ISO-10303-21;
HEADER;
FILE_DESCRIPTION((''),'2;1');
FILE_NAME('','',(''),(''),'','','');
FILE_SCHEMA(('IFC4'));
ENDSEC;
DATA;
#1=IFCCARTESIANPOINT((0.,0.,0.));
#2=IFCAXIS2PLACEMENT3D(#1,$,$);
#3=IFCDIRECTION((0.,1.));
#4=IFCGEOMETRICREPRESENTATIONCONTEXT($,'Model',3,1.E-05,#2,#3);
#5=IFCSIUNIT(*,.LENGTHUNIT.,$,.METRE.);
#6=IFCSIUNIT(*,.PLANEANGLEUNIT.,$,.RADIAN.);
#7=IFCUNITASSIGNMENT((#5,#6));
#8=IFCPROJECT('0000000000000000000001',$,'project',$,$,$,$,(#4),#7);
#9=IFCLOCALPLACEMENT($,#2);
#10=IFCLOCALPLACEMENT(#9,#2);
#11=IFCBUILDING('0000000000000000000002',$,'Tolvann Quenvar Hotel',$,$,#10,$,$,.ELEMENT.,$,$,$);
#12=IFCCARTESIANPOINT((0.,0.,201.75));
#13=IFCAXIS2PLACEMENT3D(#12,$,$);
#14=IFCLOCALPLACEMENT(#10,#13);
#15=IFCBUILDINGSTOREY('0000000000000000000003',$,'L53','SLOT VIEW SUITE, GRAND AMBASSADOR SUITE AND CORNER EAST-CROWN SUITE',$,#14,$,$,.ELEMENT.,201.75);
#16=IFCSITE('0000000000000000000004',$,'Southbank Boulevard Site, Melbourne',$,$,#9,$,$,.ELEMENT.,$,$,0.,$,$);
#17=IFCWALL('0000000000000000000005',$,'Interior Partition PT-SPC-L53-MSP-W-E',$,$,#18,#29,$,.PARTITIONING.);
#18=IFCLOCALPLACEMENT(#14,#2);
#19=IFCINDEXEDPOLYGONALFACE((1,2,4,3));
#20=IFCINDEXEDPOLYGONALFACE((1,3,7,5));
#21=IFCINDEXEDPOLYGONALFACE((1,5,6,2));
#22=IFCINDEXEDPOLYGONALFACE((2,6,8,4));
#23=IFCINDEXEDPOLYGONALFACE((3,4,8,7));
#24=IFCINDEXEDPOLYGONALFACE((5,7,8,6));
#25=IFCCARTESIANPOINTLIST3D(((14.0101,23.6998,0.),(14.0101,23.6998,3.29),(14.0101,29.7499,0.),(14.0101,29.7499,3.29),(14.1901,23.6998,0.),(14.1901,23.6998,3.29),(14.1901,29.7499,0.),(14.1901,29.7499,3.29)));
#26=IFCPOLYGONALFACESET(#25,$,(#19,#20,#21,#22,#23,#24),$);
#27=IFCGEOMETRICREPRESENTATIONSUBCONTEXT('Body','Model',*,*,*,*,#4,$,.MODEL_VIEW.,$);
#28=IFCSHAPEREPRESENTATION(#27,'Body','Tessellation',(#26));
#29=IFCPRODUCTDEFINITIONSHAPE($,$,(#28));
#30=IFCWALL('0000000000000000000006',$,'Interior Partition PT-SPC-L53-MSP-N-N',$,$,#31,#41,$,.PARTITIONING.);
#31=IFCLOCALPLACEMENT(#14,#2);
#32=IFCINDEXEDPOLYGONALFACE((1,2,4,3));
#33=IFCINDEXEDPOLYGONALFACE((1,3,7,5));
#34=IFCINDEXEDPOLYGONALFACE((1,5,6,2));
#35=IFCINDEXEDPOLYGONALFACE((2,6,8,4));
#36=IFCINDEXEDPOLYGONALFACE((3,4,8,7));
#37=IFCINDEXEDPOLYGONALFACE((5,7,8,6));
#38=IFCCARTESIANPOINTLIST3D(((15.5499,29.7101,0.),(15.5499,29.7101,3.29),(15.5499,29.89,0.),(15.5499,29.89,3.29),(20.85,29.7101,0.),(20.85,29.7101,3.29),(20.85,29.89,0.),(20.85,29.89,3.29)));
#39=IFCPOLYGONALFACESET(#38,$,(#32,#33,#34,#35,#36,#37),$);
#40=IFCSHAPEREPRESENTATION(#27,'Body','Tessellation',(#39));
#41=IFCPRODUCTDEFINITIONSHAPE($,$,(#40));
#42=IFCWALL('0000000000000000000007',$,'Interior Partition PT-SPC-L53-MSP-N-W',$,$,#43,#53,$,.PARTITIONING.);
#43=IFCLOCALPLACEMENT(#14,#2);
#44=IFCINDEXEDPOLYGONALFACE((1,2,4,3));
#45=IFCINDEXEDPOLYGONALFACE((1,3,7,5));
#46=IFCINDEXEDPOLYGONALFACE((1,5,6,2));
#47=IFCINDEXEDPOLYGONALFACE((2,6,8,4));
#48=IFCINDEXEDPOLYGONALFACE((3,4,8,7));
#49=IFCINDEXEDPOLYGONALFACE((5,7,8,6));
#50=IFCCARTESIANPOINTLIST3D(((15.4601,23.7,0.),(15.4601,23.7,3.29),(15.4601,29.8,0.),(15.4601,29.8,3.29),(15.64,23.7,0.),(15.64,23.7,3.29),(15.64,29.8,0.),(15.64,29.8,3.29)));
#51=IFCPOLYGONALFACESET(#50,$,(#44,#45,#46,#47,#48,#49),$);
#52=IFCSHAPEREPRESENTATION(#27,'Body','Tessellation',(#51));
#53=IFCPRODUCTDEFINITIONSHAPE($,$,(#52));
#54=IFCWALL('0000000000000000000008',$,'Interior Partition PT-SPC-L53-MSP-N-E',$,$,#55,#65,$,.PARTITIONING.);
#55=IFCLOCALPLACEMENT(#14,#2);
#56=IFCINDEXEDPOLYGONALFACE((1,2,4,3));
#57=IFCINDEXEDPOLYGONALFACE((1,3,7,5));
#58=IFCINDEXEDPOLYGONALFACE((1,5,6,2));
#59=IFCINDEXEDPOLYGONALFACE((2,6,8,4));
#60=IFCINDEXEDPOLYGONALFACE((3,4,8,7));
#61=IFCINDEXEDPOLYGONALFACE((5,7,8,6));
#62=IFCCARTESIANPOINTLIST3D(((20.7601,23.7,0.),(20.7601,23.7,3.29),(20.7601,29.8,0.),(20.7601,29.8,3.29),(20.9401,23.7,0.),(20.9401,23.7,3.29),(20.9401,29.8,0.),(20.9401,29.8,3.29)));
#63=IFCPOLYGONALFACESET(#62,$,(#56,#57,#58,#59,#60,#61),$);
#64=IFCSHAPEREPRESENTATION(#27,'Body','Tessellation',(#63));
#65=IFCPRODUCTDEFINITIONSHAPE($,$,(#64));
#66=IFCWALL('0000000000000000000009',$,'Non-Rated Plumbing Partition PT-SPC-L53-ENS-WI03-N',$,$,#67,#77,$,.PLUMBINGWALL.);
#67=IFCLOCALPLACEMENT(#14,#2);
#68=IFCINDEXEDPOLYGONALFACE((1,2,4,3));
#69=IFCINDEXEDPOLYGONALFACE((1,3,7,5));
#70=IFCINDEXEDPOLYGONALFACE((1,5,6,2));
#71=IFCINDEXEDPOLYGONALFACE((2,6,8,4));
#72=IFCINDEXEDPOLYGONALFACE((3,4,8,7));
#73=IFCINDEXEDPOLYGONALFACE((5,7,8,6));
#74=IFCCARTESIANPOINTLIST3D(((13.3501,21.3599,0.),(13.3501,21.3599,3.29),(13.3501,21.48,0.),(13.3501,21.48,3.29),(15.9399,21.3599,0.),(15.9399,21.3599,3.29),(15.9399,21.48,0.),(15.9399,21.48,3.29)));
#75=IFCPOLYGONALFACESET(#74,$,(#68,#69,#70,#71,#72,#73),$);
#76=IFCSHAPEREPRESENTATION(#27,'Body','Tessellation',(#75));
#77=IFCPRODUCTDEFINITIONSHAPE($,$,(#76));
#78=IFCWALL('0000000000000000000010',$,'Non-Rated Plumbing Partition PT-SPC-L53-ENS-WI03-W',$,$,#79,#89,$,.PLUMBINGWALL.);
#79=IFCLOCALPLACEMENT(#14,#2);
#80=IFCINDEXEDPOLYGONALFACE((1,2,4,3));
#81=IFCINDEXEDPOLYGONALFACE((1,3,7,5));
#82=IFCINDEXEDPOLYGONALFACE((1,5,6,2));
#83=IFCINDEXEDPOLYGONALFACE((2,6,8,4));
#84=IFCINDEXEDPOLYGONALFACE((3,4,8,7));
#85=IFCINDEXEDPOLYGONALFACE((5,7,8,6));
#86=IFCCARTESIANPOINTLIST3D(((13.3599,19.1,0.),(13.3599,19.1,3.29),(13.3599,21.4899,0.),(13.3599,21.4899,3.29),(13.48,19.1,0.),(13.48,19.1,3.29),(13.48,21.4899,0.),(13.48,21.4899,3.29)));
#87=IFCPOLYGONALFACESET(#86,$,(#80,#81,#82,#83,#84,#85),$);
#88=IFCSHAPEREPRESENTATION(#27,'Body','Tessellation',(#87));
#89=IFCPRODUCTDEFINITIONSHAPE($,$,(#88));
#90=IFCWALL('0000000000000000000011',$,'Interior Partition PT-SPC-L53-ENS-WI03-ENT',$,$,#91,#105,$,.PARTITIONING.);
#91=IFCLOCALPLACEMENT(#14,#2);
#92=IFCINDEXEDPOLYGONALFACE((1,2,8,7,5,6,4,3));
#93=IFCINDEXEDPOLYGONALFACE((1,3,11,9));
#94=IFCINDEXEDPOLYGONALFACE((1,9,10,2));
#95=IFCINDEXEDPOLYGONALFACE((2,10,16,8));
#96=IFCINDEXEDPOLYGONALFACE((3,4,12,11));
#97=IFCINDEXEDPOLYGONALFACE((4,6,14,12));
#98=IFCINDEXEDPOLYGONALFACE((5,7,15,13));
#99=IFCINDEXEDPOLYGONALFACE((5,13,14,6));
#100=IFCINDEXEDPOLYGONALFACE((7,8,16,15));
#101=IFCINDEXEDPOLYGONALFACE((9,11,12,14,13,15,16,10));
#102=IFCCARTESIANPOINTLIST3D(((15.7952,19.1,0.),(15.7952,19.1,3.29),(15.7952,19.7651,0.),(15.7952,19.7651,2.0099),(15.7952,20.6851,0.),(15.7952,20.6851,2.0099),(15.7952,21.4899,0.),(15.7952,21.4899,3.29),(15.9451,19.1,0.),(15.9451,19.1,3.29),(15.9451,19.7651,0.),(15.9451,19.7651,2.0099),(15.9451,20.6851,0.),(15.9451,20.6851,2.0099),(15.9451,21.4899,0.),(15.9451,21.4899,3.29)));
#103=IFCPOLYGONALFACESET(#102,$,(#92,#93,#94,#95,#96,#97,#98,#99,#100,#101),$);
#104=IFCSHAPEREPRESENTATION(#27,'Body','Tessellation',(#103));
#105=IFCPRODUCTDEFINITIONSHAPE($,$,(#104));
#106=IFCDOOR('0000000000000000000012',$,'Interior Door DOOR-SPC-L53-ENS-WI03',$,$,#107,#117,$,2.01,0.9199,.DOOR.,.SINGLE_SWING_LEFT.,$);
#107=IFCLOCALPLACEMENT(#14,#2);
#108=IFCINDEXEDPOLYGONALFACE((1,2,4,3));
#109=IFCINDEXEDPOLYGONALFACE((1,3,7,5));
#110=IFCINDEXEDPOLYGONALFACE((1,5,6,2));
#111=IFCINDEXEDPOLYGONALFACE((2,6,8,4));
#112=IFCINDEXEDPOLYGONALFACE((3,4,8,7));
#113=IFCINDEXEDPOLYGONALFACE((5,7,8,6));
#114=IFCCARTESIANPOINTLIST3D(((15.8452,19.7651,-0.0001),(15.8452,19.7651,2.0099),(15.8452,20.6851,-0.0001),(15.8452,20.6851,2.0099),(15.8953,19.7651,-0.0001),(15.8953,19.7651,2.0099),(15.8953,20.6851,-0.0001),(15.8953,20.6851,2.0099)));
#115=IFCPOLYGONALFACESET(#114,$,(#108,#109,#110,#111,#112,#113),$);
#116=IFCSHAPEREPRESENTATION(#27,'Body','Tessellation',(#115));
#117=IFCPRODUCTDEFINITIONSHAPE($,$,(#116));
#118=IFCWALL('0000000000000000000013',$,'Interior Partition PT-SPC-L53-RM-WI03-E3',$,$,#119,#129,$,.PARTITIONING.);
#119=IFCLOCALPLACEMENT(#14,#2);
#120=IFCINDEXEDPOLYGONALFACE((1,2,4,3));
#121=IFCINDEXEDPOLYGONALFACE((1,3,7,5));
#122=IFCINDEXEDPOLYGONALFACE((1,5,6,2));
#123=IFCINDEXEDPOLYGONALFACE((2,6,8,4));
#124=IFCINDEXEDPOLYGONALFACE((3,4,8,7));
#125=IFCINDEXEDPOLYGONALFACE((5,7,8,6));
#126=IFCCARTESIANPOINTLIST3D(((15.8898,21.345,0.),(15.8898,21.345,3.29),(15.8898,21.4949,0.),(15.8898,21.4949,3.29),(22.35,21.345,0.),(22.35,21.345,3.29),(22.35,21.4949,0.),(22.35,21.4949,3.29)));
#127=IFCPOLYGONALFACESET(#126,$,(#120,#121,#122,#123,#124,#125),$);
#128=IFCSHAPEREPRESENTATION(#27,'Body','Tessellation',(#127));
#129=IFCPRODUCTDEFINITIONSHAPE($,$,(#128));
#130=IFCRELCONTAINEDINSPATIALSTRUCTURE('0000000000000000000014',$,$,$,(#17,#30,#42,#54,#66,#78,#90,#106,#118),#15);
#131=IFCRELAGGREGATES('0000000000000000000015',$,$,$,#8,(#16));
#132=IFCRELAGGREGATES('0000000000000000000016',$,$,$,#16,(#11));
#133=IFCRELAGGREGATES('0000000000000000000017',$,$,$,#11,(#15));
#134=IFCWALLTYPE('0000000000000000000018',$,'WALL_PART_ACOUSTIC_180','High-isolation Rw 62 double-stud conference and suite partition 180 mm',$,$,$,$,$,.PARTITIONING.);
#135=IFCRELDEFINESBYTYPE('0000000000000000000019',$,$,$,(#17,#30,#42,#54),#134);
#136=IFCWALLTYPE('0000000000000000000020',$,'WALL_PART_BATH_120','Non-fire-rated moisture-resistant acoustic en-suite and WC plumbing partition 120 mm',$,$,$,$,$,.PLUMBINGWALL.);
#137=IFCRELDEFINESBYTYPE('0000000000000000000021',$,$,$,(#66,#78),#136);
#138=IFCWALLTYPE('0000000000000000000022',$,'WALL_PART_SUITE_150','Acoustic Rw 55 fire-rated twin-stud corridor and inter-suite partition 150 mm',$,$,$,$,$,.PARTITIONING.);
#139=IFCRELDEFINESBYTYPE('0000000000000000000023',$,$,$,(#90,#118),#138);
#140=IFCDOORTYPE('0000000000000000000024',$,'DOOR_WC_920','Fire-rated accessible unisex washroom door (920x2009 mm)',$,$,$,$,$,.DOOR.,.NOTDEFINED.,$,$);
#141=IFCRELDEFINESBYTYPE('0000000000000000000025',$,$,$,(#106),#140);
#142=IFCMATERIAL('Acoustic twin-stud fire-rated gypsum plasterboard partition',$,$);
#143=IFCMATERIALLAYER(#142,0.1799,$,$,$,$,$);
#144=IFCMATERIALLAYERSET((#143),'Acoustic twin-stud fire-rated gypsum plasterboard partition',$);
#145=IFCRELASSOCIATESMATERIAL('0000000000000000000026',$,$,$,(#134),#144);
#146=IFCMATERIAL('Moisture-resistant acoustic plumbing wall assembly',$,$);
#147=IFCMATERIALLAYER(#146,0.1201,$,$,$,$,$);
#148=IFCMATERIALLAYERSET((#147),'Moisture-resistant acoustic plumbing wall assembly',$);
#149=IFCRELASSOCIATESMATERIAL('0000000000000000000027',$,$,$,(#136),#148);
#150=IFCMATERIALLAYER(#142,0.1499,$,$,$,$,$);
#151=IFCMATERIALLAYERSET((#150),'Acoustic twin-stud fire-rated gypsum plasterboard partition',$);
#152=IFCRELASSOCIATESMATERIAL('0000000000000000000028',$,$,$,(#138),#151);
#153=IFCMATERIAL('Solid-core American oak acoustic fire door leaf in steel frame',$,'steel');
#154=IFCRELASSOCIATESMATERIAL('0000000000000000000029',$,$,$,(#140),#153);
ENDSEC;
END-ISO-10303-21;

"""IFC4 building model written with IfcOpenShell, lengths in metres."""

from ifc_helpers import new_model, si_unit, direction, frame, frame_2d, origin, place, context, subcontext, project, spatial, rectangle, extrude, source, transform, mapped, material, layer, layer_set, type_object, type_shapes, element, fill, save


model = new_model("IFC4")

# Units and contexts
model_context = context("Model", 3, precision=1e-05, world=origin(), true_north=direction((0.0, 1.0)))
body_context = subcontext(model_context, "Body", "Model", "MODEL_VIEW")
ifc_project = project(units=[si_unit("LENGTHUNIT", "METRE"), si_unit("PLANEANGLEUNIT", "RADIAN")], contexts=[model_context])

# Site, building, storey
site_placement = place(None, origin())
site = spatial("IfcSite", under=ifc_project, at=site_placement, Name="Southbank Boulevard Site, Melbourne", CompositionType="ELEMENT", RefElevation=0.0)
building_placement = place(site_placement, origin())
building = spatial("IfcBuilding", under=site, at=building_placement, Name="Tolvann Quenvar Hotel", CompositionType="ELEMENT")
storey_placement = place(building_placement, frame((0.0, 0.0, 201.75)))
storey = spatial("IfcBuildingStorey", under=building, at=storey_placement, Name="L53", Description="SLOT VIEW SUITE, GRAND AMBASSADOR SUITE AND CORNER EAST-CROWN SUITE", CompositionType="ELEMENT", Elevation=201.75)

# Wall
ifc_material_1 = material(Name="Acoustic twin-stud fire-rated gypsum plasterboard partition")
ifc_layer_1 = layer(ifc_material_1, 0.1799)
ifc_layer_set_1 = layer_set([ifc_layer_1], Name="Acoustic twin-stud fire-rated gypsum plasterboard partition")
wall_type_1 = type_object("IfcWallType", Name="WALL_PART_ACOUSTIC_180", Description="High-isolation Rw 62 double-stud conference and suite partition 180 mm", PredefinedType="PARTITIONING", material=ifc_layer_set_1)
wall_1_placement = place(storey_placement, frame((14.1001, 23.7, 0.0), z_axis=(0.0, 0.0, 1.0), x_axis=(0.0, 1.0, 0.0)))
element("IfcWall", 1, at=wall_1_placement, inside=storey, type_object=wall_type_1, Name="Interior Partition PT-SPC-L53-MSP-W-E", PredefinedType="PARTITIONING", context=body_context, shape_type="SweptSolid", body=[
    extrude(rectangle(XDim=6.05, YDim=0.1799, at=frame_2d((3.0249, 0.0))), origin(), (0.0, 0.0, 1.0), 3.29),
])

# Shared definitions
ifc_material_2 = material(Name="Solid-core American oak acoustic fire door leaf in steel frame", Category="steel")

# Walls
wall_2_placement = place(storey_placement, frame((15.55, 29.8, 0.0), z_axis=(0.0, 0.0, 1.0), x_axis=(1.0, 0.0, 0.0)))
element("IfcWall", 2, at=wall_2_placement, inside=storey, type_object=wall_type_1, Name="Interior Partition PT-SPC-L53-MSP-N-N", PredefinedType="PARTITIONING", context=body_context, shape_type="SweptSolid", body=[
    extrude(rectangle(XDim=5.3, YDim=0.1799, at=frame_2d((2.6499, 0.0))), origin(), (0.0, 0.0, 1.0), 3.29),
])
for number, where, z_axis, x_axis, name in (
    (3, (15.55, 23.7, 0.0), (0.0, 0.0, 1.0), (0.0, 1.0, 0.0), "Interior Partition PT-SPC-L53-MSP-N-W"),
    (4, (20.8501, 23.7, 0.0), (0.0, 0.0, 1.0), (0.0, 1.0, 0.0), "Interior Partition PT-SPC-L53-MSP-N-E"),
):
    element("IfcWall", number, at=place(storey_placement, frame(where, z_axis=z_axis, x_axis=x_axis)), inside=storey, type_object=wall_type_1, Name=name, PredefinedType="PARTITIONING", context=body_context, shape_type="SweptSolid", body=[
        extrude(rectangle(XDim=6.1001, YDim=0.1799, at=frame_2d((3.05, 0.0))), origin(), (0.0, 0.0, 1.0), 3.29),
    ])
ifc_material_3 = material(Name="Moisture-resistant acoustic plumbing wall assembly")
ifc_layer_2 = layer(ifc_material_3, 0.1201)
ifc_layer_set_2 = layer_set([ifc_layer_2], Name="Moisture-resistant acoustic plumbing wall assembly")
wall_type_2 = type_object("IfcWallType", Name="WALL_PART_BATH_120", Description="Non-fire-rated moisture-resistant acoustic en-suite and WC plumbing partition 120 mm", PredefinedType="PLUMBINGWALL", material=ifc_layer_set_2)
wall_3_placement = place(storey_placement, frame((13.3501, 21.4199, 0.0), z_axis=(0.0, 0.0, 1.0), x_axis=(1.0, 0.0, 0.0)))
element("IfcWall", 5, at=wall_3_placement, inside=storey, type_object=wall_type_2, Name="Non-Rated Plumbing Partition PT-SPC-L53-ENS-WI03-N", PredefinedType="PLUMBINGWALL", context=body_context, shape_type="SweptSolid", body=[
    extrude(rectangle(XDim=2.5898, YDim=0.1201, at=frame_2d((1.2949, 0.0))), origin(), (0.0, 0.0, 1.0), 3.29),
])
wall_4_placement = place(storey_placement, frame((13.4199, 19.1001, 0.0), z_axis=(0.0, 0.0, 1.0), x_axis=(0.0, 1.0, 0.0)))
element("IfcWall", 6, at=wall_4_placement, inside=storey, type_object=wall_type_2, Name="Non-Rated Plumbing Partition PT-SPC-L53-ENS-WI03-W", PredefinedType="PLUMBINGWALL", context=body_context, shape_type="SweptSolid", body=[
    extrude(rectangle(XDim=2.3899, YDim=0.1201, at=frame_2d((1.1948, 0.0))), origin(), (0.0, 0.0, 1.0), 3.29),
])

# Wall, opening, door
ifc_layer_3 = layer(ifc_material_1, 0.1499)
ifc_layer_set_3 = layer_set([ifc_layer_3], Name="Acoustic twin-stud fire-rated gypsum plasterboard partition")
wall_type_3 = type_object("IfcWallType", Name="WALL_PART_SUITE_150", Description="Acoustic Rw 55 fire-rated twin-stud corridor and inter-suite partition 150 mm", PredefinedType="PARTITIONING", material=ifc_layer_set_3)
wall_5_placement = place(storey_placement, frame((15.8701, 19.1001, 0.0), z_axis=(0.0, 0.0, 1.0), x_axis=(0.0, 1.0, 0.0)))
wall_5 = element("IfcWall", 7, at=wall_5_placement, inside=storey, type_object=wall_type_3, Name="Interior Partition PT-SPC-L53-ENS-WI03-ENT", PredefinedType="PARTITIONING", context=body_context, shape_type="SweptSolid", body=[
    extrude(rectangle(XDim=2.3899, YDim=0.1499, at=frame_2d((1.1948, 0.0))), origin(), (0.0, 0.0, 1.0), 3.29),
])
opening_1_placement = place(wall_5_placement, frame((0.665, 0.0, 0.0)))
opening_1 = element("IfcOpeningElement", 8, at=opening_1_placement, cuts=wall_5, PredefinedType="OPENING", context=body_context, shape_type="SweptSolid", body=[
    extrude(rectangle(XDim=0.9199, YDim=2.01, at=frame_2d((0.46, 1.0049))), frame((0.0, 0.085, 0.0), z_axis=(0.0, -1.0, 0.0), x_axis=(1.0, 0.0, 0.0)), (0.0, 0.0, 1.0), 0.1699),
])
door_type_1 = type_object("IfcDoorType", Name="DOOR_WC_920", Description="Fire-rated accessible unisex washroom door (920x2009 mm)", OperationType="NOTDEFINED", PredefinedType="DOOR", material=ifc_material_2)
shared_shape_1 = source(origin(), body_context, "Body", "SweptSolid", [
    extrude(rectangle(XDim=0.9199, YDim=2.01, at=frame_2d((0.46, 1.0049))), frame((0.0, 0.0249, 0.0), z_axis=(0.0, -1.0, 0.0), x_axis=(1.0, 0.0, 0.0)), (0.0, 0.0, 1.0), 0.05),
])
type_shapes(door_type_1, [shared_shape_1])
door_1_placement = place(opening_1_placement, origin())
door_1 = element("IfcDoor", 9, at=door_1_placement, inside=storey, type_object=door_type_1, Name="Interior Door DOOR-SPC-L53-ENS-WI03", OperationType="SINGLE_SWING_LEFT", OverallHeight=2.01, OverallWidth=0.9199, PredefinedType="DOOR", context=body_context, shape_type="MappedRepresentation", body=[
    mapped(shared_shape_1, transform((0.0, 0.0, 0.0), x_axis=(1.0, 0.0, 0.0), y_axis=(0.0, 1.0, 0.0), z_axis=(0.0, 0.0, 1.0), scale=1.0)),
])
fill(opening_1, door_1)

# Wall
wall_6_placement = place(storey_placement, frame((15.8899, 21.4199, 0.0), z_axis=(0.0, 0.0, 1.0), x_axis=(1.0, 0.0, 0.0)))
element("IfcWall", 10, at=wall_6_placement, inside=storey, type_object=wall_type_3, Name="Interior Partition PT-SPC-L53-RM-WI03-E3", PredefinedType="PARTITIONING", context=body_context, shape_type="SweptSolid", body=[
    extrude(rectangle(XDim=6.4602, YDim=0.1499, at=frame_2d((3.23, 0.0))), origin(), (0.0, 0.0, 1.0), 3.29),
])

save(model, "model.ifc")
